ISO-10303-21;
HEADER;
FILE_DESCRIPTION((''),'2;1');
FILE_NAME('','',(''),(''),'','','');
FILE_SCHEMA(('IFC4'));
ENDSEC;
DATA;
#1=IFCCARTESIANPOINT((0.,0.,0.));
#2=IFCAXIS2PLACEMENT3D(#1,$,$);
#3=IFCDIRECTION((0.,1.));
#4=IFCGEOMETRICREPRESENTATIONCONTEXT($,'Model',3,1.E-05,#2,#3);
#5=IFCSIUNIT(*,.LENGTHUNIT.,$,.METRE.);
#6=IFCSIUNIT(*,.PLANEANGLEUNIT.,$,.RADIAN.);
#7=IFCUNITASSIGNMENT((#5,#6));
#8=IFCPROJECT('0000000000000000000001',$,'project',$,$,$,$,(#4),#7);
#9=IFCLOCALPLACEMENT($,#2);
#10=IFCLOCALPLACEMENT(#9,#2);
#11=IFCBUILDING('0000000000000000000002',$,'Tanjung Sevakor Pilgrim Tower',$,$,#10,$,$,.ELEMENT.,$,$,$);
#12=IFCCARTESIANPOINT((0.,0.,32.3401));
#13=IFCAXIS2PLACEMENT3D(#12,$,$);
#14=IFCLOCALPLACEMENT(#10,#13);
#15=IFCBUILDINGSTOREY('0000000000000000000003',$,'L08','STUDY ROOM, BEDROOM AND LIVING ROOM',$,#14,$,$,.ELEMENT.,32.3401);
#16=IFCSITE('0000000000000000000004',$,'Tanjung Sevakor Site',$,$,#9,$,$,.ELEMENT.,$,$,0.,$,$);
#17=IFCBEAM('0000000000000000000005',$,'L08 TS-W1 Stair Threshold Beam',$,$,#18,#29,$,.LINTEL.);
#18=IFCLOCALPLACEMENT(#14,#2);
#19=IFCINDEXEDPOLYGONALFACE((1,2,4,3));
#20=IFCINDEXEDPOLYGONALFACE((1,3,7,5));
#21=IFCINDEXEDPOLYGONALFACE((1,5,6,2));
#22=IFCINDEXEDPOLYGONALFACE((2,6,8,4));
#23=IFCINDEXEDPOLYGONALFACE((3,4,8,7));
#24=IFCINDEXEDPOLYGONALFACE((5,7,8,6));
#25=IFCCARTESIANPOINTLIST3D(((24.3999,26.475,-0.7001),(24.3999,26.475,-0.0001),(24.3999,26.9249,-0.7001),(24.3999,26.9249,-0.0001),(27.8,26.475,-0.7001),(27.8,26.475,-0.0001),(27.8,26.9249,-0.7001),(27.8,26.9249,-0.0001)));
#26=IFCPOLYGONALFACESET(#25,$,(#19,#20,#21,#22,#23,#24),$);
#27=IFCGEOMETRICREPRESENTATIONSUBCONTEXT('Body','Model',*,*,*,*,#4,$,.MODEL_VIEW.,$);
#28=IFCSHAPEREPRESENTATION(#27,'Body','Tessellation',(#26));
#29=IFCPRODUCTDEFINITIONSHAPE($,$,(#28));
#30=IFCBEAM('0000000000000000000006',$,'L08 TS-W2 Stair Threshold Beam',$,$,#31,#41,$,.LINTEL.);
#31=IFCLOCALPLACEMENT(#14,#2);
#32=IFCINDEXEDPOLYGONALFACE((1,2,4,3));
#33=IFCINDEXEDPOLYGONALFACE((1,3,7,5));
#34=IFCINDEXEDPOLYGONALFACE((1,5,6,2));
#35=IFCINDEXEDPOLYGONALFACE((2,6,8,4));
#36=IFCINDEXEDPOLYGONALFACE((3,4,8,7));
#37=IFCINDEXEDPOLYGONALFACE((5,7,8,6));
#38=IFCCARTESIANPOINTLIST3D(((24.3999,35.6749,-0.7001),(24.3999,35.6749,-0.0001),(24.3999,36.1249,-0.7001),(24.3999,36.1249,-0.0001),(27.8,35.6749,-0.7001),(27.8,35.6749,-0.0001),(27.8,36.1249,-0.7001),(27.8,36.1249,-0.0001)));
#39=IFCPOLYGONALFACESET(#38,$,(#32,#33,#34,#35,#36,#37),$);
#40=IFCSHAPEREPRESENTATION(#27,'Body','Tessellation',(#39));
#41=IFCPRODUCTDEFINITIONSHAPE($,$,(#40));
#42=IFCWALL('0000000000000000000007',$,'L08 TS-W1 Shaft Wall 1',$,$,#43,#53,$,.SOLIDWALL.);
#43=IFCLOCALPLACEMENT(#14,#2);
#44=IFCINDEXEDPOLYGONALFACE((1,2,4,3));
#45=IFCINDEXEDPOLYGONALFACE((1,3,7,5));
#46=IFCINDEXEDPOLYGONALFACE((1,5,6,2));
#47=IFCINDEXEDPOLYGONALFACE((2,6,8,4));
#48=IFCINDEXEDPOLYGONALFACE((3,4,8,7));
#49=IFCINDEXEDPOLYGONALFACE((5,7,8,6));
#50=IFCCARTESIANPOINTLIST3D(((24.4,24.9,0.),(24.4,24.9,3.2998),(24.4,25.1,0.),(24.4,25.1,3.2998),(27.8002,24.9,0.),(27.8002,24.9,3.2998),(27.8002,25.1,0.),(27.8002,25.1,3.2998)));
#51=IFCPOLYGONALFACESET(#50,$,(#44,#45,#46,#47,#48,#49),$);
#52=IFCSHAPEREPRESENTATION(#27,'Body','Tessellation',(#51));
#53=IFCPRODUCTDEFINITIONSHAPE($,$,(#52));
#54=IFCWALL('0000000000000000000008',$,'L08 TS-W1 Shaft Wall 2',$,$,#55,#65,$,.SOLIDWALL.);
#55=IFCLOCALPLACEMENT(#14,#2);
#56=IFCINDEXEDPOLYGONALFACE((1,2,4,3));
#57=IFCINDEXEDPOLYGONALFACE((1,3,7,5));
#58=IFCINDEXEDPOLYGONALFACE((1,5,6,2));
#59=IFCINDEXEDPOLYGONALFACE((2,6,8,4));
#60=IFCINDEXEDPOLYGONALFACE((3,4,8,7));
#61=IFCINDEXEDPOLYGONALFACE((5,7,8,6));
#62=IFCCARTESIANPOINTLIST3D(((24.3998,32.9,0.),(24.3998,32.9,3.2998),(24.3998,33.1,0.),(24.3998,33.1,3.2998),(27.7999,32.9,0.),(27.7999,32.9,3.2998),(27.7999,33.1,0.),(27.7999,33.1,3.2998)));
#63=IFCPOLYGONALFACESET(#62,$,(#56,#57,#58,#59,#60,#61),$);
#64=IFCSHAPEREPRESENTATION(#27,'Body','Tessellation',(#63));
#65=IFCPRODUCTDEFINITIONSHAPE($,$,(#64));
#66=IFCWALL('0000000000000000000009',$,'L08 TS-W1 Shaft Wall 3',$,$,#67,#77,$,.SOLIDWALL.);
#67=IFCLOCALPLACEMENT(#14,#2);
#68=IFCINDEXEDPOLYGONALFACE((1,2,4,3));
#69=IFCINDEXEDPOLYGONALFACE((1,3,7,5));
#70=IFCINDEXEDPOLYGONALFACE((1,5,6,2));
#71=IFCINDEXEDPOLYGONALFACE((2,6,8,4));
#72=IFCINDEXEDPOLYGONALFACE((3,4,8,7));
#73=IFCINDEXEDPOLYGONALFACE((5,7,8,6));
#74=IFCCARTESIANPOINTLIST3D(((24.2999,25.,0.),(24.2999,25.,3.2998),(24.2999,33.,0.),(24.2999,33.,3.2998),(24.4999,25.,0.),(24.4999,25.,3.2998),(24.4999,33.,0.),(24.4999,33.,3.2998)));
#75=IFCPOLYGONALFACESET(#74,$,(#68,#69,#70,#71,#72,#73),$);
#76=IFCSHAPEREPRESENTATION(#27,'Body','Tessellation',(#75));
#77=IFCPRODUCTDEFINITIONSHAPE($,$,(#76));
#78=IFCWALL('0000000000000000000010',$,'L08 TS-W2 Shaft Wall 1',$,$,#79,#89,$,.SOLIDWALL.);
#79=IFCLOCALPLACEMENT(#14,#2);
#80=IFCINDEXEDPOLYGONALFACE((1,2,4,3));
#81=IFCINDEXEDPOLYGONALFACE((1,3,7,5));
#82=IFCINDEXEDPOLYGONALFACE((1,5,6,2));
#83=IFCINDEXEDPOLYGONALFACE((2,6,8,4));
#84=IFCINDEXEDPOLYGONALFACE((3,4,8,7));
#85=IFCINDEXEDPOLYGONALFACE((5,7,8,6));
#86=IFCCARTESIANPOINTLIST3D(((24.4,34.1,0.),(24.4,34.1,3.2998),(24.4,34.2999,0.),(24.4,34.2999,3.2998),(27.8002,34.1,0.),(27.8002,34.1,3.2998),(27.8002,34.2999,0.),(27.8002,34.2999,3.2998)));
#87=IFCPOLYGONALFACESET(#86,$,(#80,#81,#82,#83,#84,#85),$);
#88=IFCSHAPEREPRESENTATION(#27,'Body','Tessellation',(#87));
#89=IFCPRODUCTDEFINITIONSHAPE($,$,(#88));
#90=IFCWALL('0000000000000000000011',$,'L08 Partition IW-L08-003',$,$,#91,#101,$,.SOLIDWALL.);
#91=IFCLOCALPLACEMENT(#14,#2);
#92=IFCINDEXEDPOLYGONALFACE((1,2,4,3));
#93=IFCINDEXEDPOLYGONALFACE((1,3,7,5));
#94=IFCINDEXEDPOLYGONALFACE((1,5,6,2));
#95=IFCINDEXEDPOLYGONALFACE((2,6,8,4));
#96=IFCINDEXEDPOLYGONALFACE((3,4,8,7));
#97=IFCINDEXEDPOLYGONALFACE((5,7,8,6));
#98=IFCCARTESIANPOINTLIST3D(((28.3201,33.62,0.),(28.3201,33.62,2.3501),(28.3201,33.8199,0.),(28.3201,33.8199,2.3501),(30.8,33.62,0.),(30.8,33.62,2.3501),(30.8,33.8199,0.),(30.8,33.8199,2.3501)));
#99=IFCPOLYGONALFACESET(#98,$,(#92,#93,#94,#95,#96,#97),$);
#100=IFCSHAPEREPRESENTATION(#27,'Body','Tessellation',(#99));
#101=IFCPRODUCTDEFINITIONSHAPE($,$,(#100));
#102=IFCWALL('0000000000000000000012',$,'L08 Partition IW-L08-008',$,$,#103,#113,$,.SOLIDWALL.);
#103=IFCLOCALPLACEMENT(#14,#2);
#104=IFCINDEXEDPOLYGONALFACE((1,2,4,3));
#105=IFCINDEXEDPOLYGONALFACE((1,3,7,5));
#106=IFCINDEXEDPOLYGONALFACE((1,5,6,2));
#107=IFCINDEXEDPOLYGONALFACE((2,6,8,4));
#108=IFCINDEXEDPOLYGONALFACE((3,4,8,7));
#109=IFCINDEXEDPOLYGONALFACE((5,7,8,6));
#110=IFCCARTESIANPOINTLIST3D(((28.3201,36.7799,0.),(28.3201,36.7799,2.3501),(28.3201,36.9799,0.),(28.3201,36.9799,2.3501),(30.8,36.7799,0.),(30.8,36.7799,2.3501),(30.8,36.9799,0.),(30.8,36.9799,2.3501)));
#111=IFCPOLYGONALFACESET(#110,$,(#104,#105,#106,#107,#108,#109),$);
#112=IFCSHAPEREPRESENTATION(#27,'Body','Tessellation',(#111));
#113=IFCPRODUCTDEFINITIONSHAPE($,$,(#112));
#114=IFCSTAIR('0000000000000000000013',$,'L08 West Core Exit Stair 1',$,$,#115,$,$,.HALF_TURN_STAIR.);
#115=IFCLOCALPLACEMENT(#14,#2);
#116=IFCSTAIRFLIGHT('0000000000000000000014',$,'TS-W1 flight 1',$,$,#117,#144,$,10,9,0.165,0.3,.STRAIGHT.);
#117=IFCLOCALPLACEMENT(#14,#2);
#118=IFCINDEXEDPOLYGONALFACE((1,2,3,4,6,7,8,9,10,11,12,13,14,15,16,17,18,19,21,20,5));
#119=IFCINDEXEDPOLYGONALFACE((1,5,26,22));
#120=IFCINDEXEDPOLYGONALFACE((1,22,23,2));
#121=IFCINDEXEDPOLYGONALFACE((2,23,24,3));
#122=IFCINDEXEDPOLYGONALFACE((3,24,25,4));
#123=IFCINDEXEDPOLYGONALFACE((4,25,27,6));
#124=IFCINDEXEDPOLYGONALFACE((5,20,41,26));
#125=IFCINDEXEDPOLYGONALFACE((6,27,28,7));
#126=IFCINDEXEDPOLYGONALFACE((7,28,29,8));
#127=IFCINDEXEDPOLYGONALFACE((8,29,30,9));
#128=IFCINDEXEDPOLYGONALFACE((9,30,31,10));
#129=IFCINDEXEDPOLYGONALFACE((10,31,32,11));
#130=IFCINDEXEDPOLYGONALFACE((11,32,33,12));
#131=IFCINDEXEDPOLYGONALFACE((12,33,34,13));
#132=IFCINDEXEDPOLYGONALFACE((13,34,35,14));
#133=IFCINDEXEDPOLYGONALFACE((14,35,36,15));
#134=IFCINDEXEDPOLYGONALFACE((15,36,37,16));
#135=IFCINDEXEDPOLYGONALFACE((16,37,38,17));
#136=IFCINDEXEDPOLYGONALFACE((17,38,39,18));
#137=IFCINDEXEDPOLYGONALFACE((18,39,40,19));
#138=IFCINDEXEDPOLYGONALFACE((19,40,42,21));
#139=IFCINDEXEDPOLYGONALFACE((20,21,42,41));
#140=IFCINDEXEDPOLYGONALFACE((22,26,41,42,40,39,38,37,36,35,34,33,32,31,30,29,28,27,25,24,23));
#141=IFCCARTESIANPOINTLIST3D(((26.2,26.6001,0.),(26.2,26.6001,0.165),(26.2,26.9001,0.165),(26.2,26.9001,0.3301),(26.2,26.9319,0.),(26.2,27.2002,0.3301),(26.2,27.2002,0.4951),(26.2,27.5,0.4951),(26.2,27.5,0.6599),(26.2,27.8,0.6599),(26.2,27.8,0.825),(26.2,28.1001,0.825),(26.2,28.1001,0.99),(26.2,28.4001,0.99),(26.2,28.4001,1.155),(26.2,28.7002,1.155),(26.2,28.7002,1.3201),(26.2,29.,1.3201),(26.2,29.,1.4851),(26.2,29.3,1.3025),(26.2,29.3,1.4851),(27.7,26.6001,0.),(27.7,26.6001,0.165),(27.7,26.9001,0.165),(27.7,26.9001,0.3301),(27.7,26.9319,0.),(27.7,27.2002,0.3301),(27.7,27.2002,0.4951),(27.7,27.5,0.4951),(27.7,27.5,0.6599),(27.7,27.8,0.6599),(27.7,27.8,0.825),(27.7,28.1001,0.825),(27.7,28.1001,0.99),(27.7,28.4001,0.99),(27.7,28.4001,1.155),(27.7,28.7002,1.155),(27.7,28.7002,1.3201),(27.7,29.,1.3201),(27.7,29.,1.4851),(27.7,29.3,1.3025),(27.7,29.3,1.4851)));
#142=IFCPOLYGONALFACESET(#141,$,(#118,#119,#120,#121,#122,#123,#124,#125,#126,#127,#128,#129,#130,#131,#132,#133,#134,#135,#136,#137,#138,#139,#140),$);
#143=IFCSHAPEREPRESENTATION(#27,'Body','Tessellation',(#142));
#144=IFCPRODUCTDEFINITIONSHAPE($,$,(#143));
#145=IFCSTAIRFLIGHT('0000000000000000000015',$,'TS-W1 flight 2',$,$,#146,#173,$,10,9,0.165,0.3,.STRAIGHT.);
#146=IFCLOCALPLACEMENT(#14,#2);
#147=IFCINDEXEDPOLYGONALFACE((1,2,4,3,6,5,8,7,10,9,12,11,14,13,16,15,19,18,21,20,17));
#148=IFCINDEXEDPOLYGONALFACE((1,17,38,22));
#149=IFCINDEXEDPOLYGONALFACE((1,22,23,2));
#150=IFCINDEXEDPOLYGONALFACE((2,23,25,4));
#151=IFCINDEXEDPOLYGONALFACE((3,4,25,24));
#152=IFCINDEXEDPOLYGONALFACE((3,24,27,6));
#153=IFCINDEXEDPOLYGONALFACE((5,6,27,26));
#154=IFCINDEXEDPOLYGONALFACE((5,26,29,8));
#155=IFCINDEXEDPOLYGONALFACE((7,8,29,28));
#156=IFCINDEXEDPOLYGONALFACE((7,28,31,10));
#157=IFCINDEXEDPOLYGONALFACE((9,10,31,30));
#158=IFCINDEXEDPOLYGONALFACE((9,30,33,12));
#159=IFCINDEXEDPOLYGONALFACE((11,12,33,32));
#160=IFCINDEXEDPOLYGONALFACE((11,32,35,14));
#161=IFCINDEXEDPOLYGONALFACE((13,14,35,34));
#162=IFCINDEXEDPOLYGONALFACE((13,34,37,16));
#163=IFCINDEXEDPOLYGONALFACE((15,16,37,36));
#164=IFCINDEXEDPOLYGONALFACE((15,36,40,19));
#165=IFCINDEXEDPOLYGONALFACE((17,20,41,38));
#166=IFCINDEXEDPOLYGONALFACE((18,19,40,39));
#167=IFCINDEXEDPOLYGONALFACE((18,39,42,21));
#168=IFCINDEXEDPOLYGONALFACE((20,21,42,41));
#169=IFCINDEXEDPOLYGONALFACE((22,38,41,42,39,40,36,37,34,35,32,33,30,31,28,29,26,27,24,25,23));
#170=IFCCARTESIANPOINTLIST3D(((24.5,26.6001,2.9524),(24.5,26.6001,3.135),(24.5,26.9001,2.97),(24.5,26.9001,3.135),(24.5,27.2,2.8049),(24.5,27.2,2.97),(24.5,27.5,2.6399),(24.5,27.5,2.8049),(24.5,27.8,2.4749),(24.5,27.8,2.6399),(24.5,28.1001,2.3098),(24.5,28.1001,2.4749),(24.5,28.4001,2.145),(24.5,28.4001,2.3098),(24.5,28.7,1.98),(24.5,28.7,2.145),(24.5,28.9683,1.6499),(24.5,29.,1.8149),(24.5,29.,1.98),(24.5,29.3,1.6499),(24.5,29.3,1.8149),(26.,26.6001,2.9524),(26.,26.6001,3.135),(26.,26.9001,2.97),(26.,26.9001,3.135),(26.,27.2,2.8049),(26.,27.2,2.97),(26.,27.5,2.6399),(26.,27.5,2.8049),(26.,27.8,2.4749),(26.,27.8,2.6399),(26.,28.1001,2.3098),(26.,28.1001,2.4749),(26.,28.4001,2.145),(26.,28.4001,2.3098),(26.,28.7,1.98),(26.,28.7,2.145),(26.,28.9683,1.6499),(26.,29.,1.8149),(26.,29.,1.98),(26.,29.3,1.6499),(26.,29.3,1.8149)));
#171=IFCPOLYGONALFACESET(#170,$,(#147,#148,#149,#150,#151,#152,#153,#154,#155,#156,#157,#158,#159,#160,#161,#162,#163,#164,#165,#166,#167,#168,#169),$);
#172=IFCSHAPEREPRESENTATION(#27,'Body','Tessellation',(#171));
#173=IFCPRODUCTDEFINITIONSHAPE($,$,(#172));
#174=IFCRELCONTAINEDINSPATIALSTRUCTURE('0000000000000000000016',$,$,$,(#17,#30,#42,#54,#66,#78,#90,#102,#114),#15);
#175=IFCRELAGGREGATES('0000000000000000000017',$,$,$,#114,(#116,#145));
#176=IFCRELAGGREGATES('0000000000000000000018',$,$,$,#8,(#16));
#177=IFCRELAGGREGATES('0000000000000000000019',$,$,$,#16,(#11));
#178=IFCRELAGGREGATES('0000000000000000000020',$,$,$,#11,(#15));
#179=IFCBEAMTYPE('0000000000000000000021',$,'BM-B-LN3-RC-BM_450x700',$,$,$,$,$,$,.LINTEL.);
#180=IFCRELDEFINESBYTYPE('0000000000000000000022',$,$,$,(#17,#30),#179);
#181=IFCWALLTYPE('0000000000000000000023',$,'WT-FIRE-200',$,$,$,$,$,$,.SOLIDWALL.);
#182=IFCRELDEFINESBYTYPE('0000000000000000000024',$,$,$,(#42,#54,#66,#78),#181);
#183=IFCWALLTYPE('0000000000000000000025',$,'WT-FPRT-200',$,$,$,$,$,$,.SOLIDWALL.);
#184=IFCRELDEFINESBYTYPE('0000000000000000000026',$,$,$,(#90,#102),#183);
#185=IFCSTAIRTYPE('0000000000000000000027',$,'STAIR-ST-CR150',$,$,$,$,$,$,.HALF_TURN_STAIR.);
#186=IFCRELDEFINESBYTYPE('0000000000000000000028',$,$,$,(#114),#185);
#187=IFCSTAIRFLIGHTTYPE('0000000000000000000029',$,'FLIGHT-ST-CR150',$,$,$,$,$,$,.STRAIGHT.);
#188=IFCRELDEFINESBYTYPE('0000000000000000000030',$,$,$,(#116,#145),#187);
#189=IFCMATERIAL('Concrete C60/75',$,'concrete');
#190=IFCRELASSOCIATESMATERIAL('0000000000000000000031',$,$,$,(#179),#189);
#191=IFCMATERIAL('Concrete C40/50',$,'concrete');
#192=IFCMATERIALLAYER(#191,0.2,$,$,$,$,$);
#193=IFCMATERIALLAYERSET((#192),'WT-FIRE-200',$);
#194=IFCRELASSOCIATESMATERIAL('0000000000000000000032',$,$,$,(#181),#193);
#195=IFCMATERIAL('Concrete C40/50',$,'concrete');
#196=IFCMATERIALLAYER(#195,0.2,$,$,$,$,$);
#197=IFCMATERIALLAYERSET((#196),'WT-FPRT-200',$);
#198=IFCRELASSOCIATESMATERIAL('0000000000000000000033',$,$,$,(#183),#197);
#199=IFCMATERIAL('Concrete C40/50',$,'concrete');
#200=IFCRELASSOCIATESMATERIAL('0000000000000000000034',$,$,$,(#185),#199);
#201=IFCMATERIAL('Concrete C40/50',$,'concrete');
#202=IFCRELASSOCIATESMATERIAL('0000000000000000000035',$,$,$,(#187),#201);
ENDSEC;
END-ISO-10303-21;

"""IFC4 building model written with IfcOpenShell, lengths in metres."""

from ifc_helpers import new_model, si_unit, direction, frame, frame_2d, origin, origin_2d, place, context, subcontext, project, spatial, polyline, rectangle, outline, extrude, material, layer, layer_set, material_profile, profile_set, type_object, element, aggregate, save


model = new_model("IFC4")

# Units and contexts
model_context = context("Model", 3, precision=1e-05, world=origin(), true_north=direction((0.0, 1.0)))
body_context = subcontext(model_context, "Body", "Model", "MODEL_VIEW")
ifc_project = project(units=[si_unit("LENGTHUNIT", "METRE"), si_unit("PLANEANGLEUNIT", "RADIAN")], contexts=[model_context])

# Site, building, storey
site_placement = place(None, origin())
site = spatial("IfcSite", under=ifc_project, at=site_placement, Name="Tanjung Sevakor Site", CompositionType="ELEMENT", RefElevation=0.0)
building_placement = place(site_placement, origin())
building = spatial("IfcBuilding", under=site, at=building_placement, Name="Tanjung Sevakor Pilgrim Tower", CompositionType="ELEMENT")
storey_placement = place(building_placement, frame((0.0, 0.0, 32.3401)))
storey = spatial("IfcBuildingStorey", under=building, at=storey_placement, Name="L08", Description="STUDY ROOM, BEDROOM AND LIVING ROOM", CompositionType="ELEMENT", Elevation=32.3401)

# Beams
ifc_material_1 = material(Name="Concrete C60/75", Category="concrete")
ifc_material_profile = material_profile(ifc_material_1, rectangle(XDim=0.45, YDim=0.7, at=origin_2d()))
ifc_profile_set = profile_set([ifc_material_profile], Name="Concrete C60/75")
beam_type = type_object("IfcBeamType", Name="BM-B-LN3-RC-BM_450x700", PredefinedType="LINTEL", material=ifc_profile_set)
for number, where, z_axis, x_axis, name in (
    (1, (24.3999, 26.7, -0.3501), (1.0, 0.0, 0.0), (0.0, 1.0, 0.0), "L08 TS-W1 Stair Threshold Beam"),
    (2, (24.3999, 35.8999, -0.3501), (1.0, 0.0, 0.0), (0.0, 1.0, 0.0), "L08 TS-W2 Stair Threshold Beam"),
):
    element("IfcBeam", number, at=place(storey_placement, frame(where, z_axis=z_axis, x_axis=x_axis)), inside=storey, type_object=beam_type, Name=name, PredefinedType="LINTEL", context=body_context, shape_type="SweptSolid", body=[
        extrude(rectangle(XDim=0.45, YDim=0.7, at=origin_2d()), origin(), (0.0, 0.0, 1.0), 3.4001),
    ])

# Walls
ifc_material_2 = material(Name="Concrete C40/50", Category="concrete")
ifc_layer_1 = layer(ifc_material_2, 0.2)
ifc_layer_set_1 = layer_set([ifc_layer_1], Name="WT-FIRE-200")
wall_type_1 = type_object("IfcWallType", Name="WT-FIRE-200", PredefinedType="SOLIDWALL", material=ifc_layer_set_1)
for number, where, z_axis, x_axis, name in (
    (3, (24.3999, 25.0, 0.0), (0.0, 0.0, 1.0), (1.0, 0.0, 0.0), "L08 TS-W1 Shaft Wall 1"),
    (4, (27.8, 33.0, 0.0), (0.0, 0.0, 1.0), (-1.0, 0.0, 0.0), "L08 TS-W1 Shaft Wall 2"),
):
    element("IfcWall", number, at=place(storey_placement, frame(where, z_axis=z_axis, x_axis=x_axis)), inside=storey, type_object=wall_type_1, Name=name, PredefinedType="SOLIDWALL", context=body_context, shape_type="SweptSolid", body=[
        extrude(rectangle(XDim=3.4001, YDim=0.2, at=frame_2d((1.7002, 0.0))), origin(), (0.0, 0.0, 1.0), 3.2998),
    ])
wall_1_placement = place(storey_placement, frame((24.3999, 33.0, 0.0), z_axis=(0.0, 0.0, 1.0), x_axis=(0.0, -1.0, 0.0)))
element("IfcWall", 5, at=wall_1_placement, inside=storey, type_object=wall_type_1, Name="L08 TS-W1 Shaft Wall 3", PredefinedType="SOLIDWALL", context=body_context, shape_type="SweptSolid", body=[
    extrude(rectangle(XDim=8.0, YDim=0.2, at=frame_2d((4.0, 0.0))), origin(), (0.0, 0.0, 1.0), 3.2998),
])
wall_2_placement = place(storey_placement, frame((24.3999, 34.2, 0.0), z_axis=(0.0, 0.0, 1.0), x_axis=(1.0, 0.0, 0.0)))
element("IfcWall", 6, at=wall_2_placement, inside=storey, type_object=wall_type_1, Name="L08 TS-W2 Shaft Wall 1", PredefinedType="SOLIDWALL", context=body_context, shape_type="SweptSolid", body=[
    extrude(rectangle(XDim=3.4001, YDim=0.2, at=frame_2d((1.7002, 0.0))), origin(), (0.0, 0.0, 1.0), 3.2998),
])

# Shared definitions
ifc_material_3 = material(Name="Concrete C40/50", Category="concrete")
ifc_layer_2 = layer(ifc_material_3, 0.2)
ifc_layer_set_2 = layer_set([ifc_layer_2], Name="WT-FPRT-200")
wall_type_2 = type_object("IfcWallType", Name="WT-FPRT-200", PredefinedType="SOLIDWALL", material=ifc_layer_set_2)

# Walls
for number, where, z_axis, x_axis, name in (
    (7, (28.3201, 33.72, 0.0), (0.0, 0.0, 1.0), (1.0, 0.0, 0.0), "L08 Partition IW-L08-003"),
    (8, (28.3201, 36.8799, 0.0), (0.0, 0.0, 1.0), (1.0, 0.0, 0.0), "L08 Partition IW-L08-008"),
):
    element("IfcWall", number, at=place(storey_placement, frame(where, z_axis=z_axis, x_axis=x_axis)), inside=storey, type_object=wall_type_2, Name=name, PredefinedType="SOLIDWALL", context=body_context, shape_type="SweptSolid", body=[
        extrude(rectangle(XDim=2.48, YDim=0.2, at=frame_2d((1.24, 0.0))), origin(), (0.0, 0.0, 1.0), 2.3501),
    ])

# Stair, stair flights
ifc_material_4 = material(Name="Concrete C40/50", Category="concrete")
stair_type = type_object("IfcStairType", Name="STAIR-ST-CR150", PredefinedType="HALF_TURN_STAIR", material=ifc_material_4)
stair_1_placement = place(storey_placement, origin())
stair_1 = element("IfcStair", 9, at=stair_1_placement, inside=storey, type_object=stair_type, Name="L08 West Core Exit Stair 1", PredefinedType="HALF_TURN_STAIR")
ifc_material_5 = material(Name="Concrete C40/50", Category="concrete")
stair_flight_type = type_object("IfcStairFlightType", Name="FLIGHT-ST-CR150", PredefinedType="STRAIGHT", material=ifc_material_5)
stair_flight_1_placement = place(storey_placement, frame((26.95, 26.6001, 0.0), z_axis=(0.0, 0.0, 1.0), x_axis=(0.0, 1.0, 0.0)))
stair_flight_1 = element("IfcStairFlight", 10, at=stair_flight_1_placement, type_object=stair_flight_type, Name="TS-W1 flight 1", NumberOfRisers=10, NumberOfTreads=9, PredefinedType="STRAIGHT", RiserHeight=0.165, TreadLength=0.3, context=body_context, shape_type="SweptSolid", body=[
    extrude(outline(polyline([(0.0, 0.0), (0.0, 0.165), (0.3, 0.165), (0.3, 0.3301), (0.6001, 0.3301), (0.6001, 0.4951), (0.8999, 0.4951), (0.8999, 0.6599), (1.2, 0.6599), (1.2, 0.825), (1.5, 0.825), (1.5, 0.99), (1.8, 0.99), (1.8, 1.155), (2.1001, 1.155), (2.1001, 1.3201), (2.3999, 1.3201), (2.3999, 1.4851), (2.7, 1.4851), (2.7, 1.6499), (2.7, 1.3025), (0.3318, 0.0), (0.0, 0.0)])), frame((0.0, 0.75, 0.0), z_axis=(0.0, -1.0, 0.0), x_axis=(1.0, 0.0, 0.0)), (0.0, 0.0, 1.0), 1.5),
])
stair_flight_2_placement = place(storey_placement, frame((25.25, 29.3, 1.6499), z_axis=(0.0, 0.0, 1.0), x_axis=(0.0, -1.0, 0.0)))
stair_flight_2 = element("IfcStairFlight", 11, at=stair_flight_2_placement, type_object=stair_flight_type, Name="TS-W1 flight 2", NumberOfRisers=10, NumberOfTreads=9, PredefinedType="STRAIGHT", RiserHeight=0.165, TreadLength=0.3, context=body_context, shape_type="SweptSolid", body=[
    extrude(outline(polyline([(0.0, 0.0), (0.0, 0.165), (0.3, 0.165), (0.3, 0.3301), (0.6001, 0.3301), (0.6001, 0.4951), (0.8999, 0.4951), (0.8999, 0.6599), (1.2, 0.6599), (1.2, 0.825), (1.5, 0.825), (1.5, 0.99), (1.8, 0.99), (1.8, 1.155), (2.1001, 1.155), (2.1001, 1.3201), (2.3999, 1.3201), (2.3999, 1.4851), (2.7, 1.4851), (2.7, 1.6499), (2.7, 1.3025), (0.3318, 0.0), (0.0, 0.0)])), frame((0.0, 0.75, 0.0), z_axis=(0.0, -1.0, 0.0), x_axis=(1.0, 0.0, 0.0)), (0.0, 0.0, 1.0), 1.5),
])
aggregate(stair_1, [stair_flight_1, stair_flight_2])

save(model, "model.ifc")
